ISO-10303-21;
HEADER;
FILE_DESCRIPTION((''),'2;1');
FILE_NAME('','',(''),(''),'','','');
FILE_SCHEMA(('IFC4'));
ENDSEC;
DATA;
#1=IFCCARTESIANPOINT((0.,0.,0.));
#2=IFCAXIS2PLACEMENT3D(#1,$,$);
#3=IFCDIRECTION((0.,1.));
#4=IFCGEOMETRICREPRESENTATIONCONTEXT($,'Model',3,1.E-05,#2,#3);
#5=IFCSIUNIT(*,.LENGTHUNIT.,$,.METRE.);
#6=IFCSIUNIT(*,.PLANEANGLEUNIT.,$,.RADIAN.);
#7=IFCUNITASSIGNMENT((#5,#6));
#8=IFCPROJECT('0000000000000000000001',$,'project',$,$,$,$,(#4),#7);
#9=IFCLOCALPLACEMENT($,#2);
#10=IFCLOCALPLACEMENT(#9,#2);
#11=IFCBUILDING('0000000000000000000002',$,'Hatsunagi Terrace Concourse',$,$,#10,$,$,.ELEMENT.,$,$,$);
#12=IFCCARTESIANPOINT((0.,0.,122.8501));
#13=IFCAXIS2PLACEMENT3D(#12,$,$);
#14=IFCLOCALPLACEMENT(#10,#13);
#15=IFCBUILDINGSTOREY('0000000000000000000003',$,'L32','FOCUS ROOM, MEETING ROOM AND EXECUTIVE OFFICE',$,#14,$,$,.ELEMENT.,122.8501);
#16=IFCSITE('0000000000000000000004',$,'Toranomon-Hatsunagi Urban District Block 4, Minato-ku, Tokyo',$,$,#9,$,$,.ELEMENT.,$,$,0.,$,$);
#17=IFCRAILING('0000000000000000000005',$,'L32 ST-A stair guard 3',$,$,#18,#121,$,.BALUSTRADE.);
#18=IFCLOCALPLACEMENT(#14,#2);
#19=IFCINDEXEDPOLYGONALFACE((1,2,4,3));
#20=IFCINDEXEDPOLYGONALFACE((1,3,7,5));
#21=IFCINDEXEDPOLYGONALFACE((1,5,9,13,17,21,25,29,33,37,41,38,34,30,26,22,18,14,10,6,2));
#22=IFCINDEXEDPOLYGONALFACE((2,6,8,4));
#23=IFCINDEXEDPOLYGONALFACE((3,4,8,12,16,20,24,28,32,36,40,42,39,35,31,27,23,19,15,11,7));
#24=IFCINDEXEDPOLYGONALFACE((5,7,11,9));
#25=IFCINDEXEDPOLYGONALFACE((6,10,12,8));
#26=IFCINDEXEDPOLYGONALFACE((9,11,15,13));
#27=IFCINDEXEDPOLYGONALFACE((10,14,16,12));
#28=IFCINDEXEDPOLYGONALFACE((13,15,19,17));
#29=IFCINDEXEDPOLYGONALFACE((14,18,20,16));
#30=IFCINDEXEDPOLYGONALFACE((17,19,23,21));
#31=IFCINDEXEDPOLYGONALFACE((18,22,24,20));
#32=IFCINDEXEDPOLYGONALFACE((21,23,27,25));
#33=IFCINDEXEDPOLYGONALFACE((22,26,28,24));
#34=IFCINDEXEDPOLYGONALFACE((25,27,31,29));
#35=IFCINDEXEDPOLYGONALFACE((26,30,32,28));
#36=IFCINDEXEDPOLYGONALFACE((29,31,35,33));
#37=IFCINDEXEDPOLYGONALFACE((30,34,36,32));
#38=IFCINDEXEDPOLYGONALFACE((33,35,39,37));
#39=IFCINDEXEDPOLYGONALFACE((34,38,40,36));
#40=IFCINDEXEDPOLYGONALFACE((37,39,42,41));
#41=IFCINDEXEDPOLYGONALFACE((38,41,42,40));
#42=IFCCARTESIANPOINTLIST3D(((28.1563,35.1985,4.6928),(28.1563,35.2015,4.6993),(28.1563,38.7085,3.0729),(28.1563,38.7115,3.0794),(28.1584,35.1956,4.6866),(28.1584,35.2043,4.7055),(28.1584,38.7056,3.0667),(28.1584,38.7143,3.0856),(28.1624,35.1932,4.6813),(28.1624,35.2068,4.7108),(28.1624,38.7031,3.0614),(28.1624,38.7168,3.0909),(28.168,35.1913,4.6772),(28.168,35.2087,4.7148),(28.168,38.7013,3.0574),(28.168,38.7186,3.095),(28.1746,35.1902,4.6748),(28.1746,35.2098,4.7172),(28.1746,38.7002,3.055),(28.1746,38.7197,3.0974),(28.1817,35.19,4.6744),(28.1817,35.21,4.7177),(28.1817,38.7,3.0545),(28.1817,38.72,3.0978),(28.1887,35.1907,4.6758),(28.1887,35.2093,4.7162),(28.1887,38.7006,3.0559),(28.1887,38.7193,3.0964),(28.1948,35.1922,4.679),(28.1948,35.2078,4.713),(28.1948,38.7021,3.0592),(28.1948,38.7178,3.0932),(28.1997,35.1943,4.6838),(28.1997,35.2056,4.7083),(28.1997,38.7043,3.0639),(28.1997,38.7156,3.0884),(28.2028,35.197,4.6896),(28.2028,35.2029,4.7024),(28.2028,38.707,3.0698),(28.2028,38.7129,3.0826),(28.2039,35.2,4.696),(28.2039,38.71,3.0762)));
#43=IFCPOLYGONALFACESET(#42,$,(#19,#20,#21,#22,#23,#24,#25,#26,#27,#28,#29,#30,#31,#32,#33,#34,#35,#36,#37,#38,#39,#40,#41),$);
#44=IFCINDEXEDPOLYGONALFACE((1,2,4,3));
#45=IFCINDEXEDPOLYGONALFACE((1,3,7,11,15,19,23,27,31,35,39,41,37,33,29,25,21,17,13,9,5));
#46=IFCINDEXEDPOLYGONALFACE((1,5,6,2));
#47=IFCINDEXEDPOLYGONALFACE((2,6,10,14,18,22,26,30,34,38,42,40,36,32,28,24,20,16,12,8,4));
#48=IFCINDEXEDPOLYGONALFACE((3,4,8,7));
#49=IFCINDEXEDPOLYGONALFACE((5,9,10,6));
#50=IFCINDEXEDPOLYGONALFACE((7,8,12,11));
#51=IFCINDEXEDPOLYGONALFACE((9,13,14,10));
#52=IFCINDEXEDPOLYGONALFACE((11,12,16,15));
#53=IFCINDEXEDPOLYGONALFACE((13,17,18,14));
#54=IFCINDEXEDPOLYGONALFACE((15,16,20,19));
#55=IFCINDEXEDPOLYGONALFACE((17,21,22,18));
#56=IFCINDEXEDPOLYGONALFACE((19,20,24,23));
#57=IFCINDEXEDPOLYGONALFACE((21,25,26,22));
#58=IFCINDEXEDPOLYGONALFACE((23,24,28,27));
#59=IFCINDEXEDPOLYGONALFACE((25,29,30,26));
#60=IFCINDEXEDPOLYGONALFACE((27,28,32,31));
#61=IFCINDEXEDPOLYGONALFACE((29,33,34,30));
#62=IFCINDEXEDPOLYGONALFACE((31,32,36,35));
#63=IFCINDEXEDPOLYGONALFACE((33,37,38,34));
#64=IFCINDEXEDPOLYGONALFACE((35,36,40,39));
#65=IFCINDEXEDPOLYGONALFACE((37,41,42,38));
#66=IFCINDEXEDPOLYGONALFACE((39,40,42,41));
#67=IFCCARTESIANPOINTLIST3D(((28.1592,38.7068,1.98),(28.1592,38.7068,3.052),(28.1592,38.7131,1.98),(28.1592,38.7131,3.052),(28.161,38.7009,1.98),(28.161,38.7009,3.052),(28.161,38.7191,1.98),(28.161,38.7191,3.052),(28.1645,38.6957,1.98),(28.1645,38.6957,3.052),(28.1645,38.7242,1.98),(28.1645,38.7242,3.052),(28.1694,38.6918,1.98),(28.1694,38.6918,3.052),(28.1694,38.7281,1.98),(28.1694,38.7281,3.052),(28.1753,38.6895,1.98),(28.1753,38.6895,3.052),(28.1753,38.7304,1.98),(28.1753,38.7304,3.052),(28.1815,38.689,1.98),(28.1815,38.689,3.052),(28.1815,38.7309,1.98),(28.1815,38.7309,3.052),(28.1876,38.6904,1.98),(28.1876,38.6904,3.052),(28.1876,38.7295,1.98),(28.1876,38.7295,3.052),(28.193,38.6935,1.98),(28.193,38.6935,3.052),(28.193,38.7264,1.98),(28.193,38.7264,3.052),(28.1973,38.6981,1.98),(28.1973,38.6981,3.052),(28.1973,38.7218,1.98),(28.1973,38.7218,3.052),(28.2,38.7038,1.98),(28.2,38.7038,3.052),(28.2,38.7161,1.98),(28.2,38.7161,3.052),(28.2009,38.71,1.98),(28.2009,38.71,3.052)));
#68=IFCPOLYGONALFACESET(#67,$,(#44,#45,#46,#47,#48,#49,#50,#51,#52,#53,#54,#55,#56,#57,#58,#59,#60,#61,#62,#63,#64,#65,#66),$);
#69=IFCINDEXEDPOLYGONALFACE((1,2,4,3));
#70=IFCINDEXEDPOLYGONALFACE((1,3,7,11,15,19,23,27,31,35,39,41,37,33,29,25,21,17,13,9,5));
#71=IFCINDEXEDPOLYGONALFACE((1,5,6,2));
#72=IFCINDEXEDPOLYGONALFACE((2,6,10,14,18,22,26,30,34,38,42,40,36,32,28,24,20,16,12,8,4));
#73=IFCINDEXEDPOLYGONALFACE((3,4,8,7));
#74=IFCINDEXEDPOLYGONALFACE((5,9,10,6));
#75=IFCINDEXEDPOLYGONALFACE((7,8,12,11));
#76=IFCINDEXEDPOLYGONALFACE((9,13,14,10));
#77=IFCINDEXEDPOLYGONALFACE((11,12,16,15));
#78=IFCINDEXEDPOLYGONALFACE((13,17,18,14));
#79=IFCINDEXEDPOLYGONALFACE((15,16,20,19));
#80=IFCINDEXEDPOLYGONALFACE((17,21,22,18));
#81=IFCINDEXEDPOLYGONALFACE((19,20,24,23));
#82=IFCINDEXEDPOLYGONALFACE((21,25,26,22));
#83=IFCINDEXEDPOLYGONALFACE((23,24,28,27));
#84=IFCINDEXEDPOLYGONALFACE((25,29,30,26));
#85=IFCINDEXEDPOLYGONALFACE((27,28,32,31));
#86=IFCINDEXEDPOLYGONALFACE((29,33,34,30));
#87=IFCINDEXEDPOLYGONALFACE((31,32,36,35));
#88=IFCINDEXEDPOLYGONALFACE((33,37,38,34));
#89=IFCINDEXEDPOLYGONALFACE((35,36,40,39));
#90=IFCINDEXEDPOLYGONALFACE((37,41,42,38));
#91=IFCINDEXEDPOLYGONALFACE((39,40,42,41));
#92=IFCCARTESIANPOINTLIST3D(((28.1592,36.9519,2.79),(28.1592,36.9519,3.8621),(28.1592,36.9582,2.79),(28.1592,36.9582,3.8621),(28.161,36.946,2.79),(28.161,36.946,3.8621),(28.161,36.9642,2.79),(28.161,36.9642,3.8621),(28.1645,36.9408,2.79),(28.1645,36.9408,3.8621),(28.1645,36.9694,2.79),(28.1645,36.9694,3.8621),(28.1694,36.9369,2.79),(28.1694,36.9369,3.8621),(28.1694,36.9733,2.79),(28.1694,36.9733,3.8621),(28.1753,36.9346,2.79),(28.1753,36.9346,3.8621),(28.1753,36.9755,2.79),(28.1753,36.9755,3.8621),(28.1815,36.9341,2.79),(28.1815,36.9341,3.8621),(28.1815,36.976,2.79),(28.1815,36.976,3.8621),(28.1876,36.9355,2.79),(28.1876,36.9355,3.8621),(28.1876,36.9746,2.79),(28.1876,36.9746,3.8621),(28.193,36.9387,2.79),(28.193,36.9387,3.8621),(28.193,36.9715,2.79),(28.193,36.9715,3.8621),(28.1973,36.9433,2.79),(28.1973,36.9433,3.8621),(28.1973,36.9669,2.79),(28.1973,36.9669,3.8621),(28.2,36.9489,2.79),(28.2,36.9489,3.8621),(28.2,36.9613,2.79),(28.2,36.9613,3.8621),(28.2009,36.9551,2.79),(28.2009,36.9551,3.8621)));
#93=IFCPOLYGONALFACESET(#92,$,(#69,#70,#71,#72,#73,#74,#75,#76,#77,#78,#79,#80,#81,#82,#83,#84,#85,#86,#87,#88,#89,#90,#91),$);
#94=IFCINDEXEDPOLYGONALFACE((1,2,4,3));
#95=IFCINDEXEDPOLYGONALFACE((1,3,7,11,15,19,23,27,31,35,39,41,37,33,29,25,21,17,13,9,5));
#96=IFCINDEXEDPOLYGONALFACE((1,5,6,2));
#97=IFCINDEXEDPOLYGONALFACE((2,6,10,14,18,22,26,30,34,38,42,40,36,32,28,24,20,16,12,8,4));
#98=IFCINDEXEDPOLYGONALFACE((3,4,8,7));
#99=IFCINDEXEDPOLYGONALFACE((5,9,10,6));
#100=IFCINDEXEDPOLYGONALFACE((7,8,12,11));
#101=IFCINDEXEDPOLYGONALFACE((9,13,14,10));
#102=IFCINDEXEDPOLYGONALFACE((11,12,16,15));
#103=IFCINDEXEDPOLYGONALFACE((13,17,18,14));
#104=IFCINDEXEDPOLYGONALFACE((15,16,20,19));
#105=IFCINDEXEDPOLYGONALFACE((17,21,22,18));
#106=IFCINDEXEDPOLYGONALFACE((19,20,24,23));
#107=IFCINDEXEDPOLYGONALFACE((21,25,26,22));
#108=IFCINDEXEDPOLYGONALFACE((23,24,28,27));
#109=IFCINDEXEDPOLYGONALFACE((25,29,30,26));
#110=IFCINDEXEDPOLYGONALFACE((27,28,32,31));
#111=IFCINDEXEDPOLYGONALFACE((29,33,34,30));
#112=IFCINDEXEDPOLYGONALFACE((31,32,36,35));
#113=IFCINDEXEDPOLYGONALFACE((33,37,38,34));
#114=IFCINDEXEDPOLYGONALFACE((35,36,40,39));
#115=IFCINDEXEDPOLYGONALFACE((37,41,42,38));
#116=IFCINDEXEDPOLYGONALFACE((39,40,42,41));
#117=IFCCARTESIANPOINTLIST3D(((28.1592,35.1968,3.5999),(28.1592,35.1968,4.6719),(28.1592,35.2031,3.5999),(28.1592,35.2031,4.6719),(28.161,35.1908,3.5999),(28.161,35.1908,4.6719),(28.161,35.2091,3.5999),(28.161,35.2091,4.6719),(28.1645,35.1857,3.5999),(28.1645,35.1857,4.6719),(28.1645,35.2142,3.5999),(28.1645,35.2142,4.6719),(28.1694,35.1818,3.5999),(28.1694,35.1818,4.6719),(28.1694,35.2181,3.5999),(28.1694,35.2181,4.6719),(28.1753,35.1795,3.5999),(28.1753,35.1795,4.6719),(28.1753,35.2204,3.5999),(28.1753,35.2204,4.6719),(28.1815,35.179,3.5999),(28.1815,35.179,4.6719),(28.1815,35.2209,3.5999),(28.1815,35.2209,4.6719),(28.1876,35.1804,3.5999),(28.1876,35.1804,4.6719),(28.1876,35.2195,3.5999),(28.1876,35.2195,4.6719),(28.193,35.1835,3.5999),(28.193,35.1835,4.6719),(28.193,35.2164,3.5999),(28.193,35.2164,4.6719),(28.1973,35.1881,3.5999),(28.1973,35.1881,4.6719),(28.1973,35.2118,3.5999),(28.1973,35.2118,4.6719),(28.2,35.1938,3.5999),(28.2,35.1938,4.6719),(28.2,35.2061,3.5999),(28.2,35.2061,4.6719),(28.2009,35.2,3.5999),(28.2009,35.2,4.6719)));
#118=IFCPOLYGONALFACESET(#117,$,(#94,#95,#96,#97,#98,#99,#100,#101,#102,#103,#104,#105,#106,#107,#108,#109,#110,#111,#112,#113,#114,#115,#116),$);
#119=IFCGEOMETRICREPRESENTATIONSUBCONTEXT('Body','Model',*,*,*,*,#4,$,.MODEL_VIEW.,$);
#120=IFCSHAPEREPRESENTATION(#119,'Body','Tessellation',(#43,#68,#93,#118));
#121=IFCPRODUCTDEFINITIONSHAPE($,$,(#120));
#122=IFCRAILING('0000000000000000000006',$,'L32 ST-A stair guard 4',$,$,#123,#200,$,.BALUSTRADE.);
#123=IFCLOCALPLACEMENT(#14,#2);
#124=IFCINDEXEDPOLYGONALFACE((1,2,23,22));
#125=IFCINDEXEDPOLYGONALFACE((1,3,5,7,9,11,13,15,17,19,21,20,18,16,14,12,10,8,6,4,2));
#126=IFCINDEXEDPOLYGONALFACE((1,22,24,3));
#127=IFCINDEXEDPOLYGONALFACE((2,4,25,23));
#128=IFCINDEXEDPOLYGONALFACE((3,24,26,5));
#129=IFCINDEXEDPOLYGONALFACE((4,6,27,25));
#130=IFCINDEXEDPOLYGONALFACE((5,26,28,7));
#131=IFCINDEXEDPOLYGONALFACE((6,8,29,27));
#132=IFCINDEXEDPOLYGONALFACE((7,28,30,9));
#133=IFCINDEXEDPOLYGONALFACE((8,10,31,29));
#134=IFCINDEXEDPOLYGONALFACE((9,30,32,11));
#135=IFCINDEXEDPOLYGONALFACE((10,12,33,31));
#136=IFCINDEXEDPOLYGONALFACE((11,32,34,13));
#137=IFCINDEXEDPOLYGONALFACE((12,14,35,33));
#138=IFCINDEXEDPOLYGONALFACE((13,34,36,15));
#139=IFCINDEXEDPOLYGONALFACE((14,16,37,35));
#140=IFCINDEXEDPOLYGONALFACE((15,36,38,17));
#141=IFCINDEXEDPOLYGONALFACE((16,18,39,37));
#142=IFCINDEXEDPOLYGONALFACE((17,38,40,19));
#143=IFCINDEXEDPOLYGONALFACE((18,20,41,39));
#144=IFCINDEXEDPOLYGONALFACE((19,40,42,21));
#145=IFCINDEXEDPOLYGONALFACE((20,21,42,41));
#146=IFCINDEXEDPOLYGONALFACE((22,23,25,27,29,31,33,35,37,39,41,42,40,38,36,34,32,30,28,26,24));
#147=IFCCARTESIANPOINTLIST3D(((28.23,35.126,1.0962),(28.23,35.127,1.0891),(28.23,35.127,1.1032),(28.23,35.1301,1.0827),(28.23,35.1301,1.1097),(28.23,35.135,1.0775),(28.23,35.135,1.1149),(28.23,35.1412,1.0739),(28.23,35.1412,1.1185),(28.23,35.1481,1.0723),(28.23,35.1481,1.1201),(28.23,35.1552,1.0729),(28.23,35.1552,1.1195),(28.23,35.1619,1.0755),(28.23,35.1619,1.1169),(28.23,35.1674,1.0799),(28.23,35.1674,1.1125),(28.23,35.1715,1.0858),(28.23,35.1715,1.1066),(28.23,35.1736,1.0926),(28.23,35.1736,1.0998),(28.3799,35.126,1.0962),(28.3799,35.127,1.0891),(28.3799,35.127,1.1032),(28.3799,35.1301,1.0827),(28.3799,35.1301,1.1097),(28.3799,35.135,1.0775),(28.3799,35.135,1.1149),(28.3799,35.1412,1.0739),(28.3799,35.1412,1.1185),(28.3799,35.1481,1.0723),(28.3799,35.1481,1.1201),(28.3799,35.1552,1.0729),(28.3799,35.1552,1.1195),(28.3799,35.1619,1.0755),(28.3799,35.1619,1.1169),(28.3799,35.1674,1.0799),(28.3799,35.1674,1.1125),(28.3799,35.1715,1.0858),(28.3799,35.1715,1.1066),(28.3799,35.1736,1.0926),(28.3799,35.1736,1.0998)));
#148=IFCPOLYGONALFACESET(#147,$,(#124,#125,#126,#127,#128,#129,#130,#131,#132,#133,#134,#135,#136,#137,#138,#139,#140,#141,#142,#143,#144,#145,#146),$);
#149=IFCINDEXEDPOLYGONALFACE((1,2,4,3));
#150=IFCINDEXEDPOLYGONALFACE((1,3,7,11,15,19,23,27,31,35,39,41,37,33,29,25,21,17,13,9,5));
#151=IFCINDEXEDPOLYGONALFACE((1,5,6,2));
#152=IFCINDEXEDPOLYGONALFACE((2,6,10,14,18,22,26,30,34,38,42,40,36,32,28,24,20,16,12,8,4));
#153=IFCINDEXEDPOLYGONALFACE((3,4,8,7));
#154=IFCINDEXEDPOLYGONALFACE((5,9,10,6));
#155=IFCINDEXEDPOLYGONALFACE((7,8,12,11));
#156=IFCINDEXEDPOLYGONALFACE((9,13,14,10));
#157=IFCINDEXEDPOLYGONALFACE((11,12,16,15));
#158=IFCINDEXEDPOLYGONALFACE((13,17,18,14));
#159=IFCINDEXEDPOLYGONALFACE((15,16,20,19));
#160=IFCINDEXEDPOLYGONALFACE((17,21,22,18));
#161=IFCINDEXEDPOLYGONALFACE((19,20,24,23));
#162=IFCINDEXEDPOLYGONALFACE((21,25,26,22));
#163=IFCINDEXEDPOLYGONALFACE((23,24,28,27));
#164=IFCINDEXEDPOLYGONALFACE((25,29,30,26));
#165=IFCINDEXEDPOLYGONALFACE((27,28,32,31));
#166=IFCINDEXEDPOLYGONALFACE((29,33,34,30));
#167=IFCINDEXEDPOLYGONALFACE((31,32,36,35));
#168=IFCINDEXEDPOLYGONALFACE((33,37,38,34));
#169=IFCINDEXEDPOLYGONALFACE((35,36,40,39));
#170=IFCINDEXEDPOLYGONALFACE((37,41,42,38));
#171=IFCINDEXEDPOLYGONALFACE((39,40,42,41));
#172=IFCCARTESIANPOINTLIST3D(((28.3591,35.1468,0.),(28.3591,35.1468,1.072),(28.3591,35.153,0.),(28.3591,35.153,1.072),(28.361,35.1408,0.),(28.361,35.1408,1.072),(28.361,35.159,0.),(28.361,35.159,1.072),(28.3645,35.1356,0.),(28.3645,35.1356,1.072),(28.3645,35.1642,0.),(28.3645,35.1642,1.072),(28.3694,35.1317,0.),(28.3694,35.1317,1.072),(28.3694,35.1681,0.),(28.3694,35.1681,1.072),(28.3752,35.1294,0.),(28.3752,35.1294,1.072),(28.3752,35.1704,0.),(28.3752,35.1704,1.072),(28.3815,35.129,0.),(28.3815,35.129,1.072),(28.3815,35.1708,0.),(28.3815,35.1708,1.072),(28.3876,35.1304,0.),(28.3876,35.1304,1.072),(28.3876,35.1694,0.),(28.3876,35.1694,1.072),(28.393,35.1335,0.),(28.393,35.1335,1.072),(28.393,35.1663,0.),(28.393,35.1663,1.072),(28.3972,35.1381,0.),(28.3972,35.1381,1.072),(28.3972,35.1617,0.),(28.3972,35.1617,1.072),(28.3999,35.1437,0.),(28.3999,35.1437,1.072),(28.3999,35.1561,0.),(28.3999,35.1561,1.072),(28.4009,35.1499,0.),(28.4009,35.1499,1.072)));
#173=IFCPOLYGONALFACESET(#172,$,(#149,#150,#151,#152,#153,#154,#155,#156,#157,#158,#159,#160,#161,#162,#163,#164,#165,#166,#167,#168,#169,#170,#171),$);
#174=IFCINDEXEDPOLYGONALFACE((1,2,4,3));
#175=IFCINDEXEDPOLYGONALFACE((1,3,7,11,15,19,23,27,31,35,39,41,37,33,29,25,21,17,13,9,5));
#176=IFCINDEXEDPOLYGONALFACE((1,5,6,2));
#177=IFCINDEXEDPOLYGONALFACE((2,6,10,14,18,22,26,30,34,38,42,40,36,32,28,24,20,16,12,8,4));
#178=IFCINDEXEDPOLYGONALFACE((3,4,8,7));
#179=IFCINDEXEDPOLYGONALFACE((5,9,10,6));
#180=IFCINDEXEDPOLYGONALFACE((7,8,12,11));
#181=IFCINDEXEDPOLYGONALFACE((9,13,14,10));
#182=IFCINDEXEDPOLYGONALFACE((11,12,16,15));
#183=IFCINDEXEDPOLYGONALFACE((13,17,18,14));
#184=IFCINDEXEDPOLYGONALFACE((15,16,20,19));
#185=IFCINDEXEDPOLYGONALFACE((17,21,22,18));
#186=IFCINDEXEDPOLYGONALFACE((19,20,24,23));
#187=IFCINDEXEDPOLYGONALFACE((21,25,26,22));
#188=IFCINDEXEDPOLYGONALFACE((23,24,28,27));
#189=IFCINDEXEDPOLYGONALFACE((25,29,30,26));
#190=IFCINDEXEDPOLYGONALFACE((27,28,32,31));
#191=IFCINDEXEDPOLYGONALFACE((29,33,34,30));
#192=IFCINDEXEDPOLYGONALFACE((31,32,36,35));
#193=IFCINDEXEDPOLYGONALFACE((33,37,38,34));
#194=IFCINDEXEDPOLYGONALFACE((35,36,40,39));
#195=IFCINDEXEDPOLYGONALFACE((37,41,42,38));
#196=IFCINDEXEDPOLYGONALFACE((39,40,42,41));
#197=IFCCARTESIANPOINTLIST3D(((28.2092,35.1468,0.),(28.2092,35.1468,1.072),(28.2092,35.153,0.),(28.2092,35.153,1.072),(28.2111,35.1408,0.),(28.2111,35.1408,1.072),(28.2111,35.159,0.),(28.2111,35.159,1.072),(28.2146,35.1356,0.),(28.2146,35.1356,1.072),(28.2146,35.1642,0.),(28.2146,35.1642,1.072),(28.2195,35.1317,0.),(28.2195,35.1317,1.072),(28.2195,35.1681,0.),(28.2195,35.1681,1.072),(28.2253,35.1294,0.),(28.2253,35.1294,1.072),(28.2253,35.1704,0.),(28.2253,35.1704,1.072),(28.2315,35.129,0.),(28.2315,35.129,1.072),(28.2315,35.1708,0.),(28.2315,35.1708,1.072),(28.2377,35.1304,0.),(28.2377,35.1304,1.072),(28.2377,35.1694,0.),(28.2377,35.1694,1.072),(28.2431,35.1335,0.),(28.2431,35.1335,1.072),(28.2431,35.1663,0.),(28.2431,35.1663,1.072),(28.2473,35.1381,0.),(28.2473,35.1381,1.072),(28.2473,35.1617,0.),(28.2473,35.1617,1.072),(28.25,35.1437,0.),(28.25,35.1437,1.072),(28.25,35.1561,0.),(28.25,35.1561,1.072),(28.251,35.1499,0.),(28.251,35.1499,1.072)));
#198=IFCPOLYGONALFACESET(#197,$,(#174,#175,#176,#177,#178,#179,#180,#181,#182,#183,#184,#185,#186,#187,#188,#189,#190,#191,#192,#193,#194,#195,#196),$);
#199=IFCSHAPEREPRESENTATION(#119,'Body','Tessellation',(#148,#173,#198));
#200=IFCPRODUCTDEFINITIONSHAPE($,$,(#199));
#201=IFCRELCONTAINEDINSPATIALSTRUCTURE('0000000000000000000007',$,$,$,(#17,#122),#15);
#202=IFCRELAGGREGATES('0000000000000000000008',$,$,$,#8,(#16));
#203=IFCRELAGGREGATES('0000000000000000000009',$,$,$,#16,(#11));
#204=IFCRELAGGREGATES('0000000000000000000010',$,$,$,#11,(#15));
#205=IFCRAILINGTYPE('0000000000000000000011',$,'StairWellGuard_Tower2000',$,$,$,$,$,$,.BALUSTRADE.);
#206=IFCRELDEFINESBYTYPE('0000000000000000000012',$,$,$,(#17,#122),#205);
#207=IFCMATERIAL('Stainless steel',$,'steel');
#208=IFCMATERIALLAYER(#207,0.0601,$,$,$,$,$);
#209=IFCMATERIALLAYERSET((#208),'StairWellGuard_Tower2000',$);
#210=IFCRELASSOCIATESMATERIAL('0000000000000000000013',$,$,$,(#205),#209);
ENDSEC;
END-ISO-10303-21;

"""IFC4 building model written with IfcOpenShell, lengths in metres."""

from ifc_helpers import new_model, si_unit, direction, frame, origin, origin_2d, place, context, subcontext, project, spatial, circle, extrude, material, layer, layer_set, type_object, element, save


model = new_model("IFC4")

# Units and contexts
model_context = context("Model", 3, precision=1e-05, world=origin(), true_north=direction((0.0, 1.0)))
body_context = subcontext(model_context, "Body", "Model", "MODEL_VIEW")
ifc_project = project(units=[si_unit("LENGTHUNIT", "METRE"), si_unit("PLANEANGLEUNIT", "RADIAN")], contexts=[model_context])

# Site, building, storey
site_placement = place(None, origin())
site = spatial("IfcSite", under=ifc_project, at=site_placement, Name="Toranomon-Hatsunagi Urban District Block 4, Minato-ku, Tokyo", CompositionType="ELEMENT", RefElevation=0.0)
building_placement = place(site_placement, origin())
building = spatial("IfcBuilding", under=site, at=building_placement, Name="Hatsunagi Terrace Concourse", CompositionType="ELEMENT")
storey_placement = place(building_placement, frame((0.0, 0.0, 122.8501)))
storey = spatial("IfcBuildingStorey", under=building, at=storey_placement, Name="L32", Description="FOCUS ROOM, MEETING ROOM AND EXECUTIVE OFFICE", CompositionType="ELEMENT", Elevation=122.8501)

# Railings
ifc_material_1 = material(Name="Stainless steel", Category="steel")
ifc_layer_1 = layer(ifc_material_1, 0.0601)
ifc_layer_set_1 = layer_set([ifc_layer_1], Name="StairWellGuard_Tower2000")
railing_type_1 = type_object("IfcRailingType", Name="StairWellGuard_Tower2000", PredefinedType="BALUSTRADE", material=ifc_layer_set_1)
railing_1_placement = place(storey_placement, frame((28.1799, 38.71, 1.98)))
element("IfcRailing", 1, at=railing_1_placement, inside=storey, type_object=railing_type_1, Name="L32 ST-A stair guard 3", PredefinedType="BALUSTRADE", context=body_context, shape_type="SweptSolid", body=[
    extrude(circle(Radius=0.0239, at=origin_2d()), frame((0.0, 0.0, 1.0962), z_axis=(0.0, -0.907972, 0.41903), x_axis=(1.0, 0.0, 0.0)), (0.0, 0.0, 1.0), 3.8657),
    extrude(circle(Radius=0.021, at=origin_2d()), origin(), (0.0, 0.0, 1.0), 1.072),
    extrude(circle(Radius=0.021, at=origin_2d()), frame((0.0, -1.7549, 0.8101)), (0.0, 0.0, 1.0), 1.072),
    extrude(circle(Radius=0.021, at=origin_2d()), frame((0.0, -3.51, 1.6199)), (0.0, 0.0, 1.0), 1.072),
])
railing_2_placement = place(storey_placement, frame((28.3799, 35.1499, 0.0)))
element("IfcRailing", 2, at=railing_2_placement, inside=storey, type_object=railing_type_1, Name="L32 ST-A stair guard 4", PredefinedType="BALUSTRADE", context=body_context, shape_type="SweptSolid", body=[
    extrude(circle(Radius=0.0239, at=origin_2d()), frame((0.0, 0.0, 1.0962), z_axis=(-1.0, 0.0, 0.0), x_axis=(0.0, -1.0, 0.0)), (0.0, 0.0, 1.0), 0.1499),
    extrude(circle(Radius=0.021, at=origin_2d()), origin(), (0.0, 0.0, 1.0), 1.072),
    extrude(circle(Radius=0.021, at=origin_2d()), frame((-0.1499, 0.0, 0.0)), (0.0, 0.0, 1.0), 1.072),
])

save(model, "model.ifc")
